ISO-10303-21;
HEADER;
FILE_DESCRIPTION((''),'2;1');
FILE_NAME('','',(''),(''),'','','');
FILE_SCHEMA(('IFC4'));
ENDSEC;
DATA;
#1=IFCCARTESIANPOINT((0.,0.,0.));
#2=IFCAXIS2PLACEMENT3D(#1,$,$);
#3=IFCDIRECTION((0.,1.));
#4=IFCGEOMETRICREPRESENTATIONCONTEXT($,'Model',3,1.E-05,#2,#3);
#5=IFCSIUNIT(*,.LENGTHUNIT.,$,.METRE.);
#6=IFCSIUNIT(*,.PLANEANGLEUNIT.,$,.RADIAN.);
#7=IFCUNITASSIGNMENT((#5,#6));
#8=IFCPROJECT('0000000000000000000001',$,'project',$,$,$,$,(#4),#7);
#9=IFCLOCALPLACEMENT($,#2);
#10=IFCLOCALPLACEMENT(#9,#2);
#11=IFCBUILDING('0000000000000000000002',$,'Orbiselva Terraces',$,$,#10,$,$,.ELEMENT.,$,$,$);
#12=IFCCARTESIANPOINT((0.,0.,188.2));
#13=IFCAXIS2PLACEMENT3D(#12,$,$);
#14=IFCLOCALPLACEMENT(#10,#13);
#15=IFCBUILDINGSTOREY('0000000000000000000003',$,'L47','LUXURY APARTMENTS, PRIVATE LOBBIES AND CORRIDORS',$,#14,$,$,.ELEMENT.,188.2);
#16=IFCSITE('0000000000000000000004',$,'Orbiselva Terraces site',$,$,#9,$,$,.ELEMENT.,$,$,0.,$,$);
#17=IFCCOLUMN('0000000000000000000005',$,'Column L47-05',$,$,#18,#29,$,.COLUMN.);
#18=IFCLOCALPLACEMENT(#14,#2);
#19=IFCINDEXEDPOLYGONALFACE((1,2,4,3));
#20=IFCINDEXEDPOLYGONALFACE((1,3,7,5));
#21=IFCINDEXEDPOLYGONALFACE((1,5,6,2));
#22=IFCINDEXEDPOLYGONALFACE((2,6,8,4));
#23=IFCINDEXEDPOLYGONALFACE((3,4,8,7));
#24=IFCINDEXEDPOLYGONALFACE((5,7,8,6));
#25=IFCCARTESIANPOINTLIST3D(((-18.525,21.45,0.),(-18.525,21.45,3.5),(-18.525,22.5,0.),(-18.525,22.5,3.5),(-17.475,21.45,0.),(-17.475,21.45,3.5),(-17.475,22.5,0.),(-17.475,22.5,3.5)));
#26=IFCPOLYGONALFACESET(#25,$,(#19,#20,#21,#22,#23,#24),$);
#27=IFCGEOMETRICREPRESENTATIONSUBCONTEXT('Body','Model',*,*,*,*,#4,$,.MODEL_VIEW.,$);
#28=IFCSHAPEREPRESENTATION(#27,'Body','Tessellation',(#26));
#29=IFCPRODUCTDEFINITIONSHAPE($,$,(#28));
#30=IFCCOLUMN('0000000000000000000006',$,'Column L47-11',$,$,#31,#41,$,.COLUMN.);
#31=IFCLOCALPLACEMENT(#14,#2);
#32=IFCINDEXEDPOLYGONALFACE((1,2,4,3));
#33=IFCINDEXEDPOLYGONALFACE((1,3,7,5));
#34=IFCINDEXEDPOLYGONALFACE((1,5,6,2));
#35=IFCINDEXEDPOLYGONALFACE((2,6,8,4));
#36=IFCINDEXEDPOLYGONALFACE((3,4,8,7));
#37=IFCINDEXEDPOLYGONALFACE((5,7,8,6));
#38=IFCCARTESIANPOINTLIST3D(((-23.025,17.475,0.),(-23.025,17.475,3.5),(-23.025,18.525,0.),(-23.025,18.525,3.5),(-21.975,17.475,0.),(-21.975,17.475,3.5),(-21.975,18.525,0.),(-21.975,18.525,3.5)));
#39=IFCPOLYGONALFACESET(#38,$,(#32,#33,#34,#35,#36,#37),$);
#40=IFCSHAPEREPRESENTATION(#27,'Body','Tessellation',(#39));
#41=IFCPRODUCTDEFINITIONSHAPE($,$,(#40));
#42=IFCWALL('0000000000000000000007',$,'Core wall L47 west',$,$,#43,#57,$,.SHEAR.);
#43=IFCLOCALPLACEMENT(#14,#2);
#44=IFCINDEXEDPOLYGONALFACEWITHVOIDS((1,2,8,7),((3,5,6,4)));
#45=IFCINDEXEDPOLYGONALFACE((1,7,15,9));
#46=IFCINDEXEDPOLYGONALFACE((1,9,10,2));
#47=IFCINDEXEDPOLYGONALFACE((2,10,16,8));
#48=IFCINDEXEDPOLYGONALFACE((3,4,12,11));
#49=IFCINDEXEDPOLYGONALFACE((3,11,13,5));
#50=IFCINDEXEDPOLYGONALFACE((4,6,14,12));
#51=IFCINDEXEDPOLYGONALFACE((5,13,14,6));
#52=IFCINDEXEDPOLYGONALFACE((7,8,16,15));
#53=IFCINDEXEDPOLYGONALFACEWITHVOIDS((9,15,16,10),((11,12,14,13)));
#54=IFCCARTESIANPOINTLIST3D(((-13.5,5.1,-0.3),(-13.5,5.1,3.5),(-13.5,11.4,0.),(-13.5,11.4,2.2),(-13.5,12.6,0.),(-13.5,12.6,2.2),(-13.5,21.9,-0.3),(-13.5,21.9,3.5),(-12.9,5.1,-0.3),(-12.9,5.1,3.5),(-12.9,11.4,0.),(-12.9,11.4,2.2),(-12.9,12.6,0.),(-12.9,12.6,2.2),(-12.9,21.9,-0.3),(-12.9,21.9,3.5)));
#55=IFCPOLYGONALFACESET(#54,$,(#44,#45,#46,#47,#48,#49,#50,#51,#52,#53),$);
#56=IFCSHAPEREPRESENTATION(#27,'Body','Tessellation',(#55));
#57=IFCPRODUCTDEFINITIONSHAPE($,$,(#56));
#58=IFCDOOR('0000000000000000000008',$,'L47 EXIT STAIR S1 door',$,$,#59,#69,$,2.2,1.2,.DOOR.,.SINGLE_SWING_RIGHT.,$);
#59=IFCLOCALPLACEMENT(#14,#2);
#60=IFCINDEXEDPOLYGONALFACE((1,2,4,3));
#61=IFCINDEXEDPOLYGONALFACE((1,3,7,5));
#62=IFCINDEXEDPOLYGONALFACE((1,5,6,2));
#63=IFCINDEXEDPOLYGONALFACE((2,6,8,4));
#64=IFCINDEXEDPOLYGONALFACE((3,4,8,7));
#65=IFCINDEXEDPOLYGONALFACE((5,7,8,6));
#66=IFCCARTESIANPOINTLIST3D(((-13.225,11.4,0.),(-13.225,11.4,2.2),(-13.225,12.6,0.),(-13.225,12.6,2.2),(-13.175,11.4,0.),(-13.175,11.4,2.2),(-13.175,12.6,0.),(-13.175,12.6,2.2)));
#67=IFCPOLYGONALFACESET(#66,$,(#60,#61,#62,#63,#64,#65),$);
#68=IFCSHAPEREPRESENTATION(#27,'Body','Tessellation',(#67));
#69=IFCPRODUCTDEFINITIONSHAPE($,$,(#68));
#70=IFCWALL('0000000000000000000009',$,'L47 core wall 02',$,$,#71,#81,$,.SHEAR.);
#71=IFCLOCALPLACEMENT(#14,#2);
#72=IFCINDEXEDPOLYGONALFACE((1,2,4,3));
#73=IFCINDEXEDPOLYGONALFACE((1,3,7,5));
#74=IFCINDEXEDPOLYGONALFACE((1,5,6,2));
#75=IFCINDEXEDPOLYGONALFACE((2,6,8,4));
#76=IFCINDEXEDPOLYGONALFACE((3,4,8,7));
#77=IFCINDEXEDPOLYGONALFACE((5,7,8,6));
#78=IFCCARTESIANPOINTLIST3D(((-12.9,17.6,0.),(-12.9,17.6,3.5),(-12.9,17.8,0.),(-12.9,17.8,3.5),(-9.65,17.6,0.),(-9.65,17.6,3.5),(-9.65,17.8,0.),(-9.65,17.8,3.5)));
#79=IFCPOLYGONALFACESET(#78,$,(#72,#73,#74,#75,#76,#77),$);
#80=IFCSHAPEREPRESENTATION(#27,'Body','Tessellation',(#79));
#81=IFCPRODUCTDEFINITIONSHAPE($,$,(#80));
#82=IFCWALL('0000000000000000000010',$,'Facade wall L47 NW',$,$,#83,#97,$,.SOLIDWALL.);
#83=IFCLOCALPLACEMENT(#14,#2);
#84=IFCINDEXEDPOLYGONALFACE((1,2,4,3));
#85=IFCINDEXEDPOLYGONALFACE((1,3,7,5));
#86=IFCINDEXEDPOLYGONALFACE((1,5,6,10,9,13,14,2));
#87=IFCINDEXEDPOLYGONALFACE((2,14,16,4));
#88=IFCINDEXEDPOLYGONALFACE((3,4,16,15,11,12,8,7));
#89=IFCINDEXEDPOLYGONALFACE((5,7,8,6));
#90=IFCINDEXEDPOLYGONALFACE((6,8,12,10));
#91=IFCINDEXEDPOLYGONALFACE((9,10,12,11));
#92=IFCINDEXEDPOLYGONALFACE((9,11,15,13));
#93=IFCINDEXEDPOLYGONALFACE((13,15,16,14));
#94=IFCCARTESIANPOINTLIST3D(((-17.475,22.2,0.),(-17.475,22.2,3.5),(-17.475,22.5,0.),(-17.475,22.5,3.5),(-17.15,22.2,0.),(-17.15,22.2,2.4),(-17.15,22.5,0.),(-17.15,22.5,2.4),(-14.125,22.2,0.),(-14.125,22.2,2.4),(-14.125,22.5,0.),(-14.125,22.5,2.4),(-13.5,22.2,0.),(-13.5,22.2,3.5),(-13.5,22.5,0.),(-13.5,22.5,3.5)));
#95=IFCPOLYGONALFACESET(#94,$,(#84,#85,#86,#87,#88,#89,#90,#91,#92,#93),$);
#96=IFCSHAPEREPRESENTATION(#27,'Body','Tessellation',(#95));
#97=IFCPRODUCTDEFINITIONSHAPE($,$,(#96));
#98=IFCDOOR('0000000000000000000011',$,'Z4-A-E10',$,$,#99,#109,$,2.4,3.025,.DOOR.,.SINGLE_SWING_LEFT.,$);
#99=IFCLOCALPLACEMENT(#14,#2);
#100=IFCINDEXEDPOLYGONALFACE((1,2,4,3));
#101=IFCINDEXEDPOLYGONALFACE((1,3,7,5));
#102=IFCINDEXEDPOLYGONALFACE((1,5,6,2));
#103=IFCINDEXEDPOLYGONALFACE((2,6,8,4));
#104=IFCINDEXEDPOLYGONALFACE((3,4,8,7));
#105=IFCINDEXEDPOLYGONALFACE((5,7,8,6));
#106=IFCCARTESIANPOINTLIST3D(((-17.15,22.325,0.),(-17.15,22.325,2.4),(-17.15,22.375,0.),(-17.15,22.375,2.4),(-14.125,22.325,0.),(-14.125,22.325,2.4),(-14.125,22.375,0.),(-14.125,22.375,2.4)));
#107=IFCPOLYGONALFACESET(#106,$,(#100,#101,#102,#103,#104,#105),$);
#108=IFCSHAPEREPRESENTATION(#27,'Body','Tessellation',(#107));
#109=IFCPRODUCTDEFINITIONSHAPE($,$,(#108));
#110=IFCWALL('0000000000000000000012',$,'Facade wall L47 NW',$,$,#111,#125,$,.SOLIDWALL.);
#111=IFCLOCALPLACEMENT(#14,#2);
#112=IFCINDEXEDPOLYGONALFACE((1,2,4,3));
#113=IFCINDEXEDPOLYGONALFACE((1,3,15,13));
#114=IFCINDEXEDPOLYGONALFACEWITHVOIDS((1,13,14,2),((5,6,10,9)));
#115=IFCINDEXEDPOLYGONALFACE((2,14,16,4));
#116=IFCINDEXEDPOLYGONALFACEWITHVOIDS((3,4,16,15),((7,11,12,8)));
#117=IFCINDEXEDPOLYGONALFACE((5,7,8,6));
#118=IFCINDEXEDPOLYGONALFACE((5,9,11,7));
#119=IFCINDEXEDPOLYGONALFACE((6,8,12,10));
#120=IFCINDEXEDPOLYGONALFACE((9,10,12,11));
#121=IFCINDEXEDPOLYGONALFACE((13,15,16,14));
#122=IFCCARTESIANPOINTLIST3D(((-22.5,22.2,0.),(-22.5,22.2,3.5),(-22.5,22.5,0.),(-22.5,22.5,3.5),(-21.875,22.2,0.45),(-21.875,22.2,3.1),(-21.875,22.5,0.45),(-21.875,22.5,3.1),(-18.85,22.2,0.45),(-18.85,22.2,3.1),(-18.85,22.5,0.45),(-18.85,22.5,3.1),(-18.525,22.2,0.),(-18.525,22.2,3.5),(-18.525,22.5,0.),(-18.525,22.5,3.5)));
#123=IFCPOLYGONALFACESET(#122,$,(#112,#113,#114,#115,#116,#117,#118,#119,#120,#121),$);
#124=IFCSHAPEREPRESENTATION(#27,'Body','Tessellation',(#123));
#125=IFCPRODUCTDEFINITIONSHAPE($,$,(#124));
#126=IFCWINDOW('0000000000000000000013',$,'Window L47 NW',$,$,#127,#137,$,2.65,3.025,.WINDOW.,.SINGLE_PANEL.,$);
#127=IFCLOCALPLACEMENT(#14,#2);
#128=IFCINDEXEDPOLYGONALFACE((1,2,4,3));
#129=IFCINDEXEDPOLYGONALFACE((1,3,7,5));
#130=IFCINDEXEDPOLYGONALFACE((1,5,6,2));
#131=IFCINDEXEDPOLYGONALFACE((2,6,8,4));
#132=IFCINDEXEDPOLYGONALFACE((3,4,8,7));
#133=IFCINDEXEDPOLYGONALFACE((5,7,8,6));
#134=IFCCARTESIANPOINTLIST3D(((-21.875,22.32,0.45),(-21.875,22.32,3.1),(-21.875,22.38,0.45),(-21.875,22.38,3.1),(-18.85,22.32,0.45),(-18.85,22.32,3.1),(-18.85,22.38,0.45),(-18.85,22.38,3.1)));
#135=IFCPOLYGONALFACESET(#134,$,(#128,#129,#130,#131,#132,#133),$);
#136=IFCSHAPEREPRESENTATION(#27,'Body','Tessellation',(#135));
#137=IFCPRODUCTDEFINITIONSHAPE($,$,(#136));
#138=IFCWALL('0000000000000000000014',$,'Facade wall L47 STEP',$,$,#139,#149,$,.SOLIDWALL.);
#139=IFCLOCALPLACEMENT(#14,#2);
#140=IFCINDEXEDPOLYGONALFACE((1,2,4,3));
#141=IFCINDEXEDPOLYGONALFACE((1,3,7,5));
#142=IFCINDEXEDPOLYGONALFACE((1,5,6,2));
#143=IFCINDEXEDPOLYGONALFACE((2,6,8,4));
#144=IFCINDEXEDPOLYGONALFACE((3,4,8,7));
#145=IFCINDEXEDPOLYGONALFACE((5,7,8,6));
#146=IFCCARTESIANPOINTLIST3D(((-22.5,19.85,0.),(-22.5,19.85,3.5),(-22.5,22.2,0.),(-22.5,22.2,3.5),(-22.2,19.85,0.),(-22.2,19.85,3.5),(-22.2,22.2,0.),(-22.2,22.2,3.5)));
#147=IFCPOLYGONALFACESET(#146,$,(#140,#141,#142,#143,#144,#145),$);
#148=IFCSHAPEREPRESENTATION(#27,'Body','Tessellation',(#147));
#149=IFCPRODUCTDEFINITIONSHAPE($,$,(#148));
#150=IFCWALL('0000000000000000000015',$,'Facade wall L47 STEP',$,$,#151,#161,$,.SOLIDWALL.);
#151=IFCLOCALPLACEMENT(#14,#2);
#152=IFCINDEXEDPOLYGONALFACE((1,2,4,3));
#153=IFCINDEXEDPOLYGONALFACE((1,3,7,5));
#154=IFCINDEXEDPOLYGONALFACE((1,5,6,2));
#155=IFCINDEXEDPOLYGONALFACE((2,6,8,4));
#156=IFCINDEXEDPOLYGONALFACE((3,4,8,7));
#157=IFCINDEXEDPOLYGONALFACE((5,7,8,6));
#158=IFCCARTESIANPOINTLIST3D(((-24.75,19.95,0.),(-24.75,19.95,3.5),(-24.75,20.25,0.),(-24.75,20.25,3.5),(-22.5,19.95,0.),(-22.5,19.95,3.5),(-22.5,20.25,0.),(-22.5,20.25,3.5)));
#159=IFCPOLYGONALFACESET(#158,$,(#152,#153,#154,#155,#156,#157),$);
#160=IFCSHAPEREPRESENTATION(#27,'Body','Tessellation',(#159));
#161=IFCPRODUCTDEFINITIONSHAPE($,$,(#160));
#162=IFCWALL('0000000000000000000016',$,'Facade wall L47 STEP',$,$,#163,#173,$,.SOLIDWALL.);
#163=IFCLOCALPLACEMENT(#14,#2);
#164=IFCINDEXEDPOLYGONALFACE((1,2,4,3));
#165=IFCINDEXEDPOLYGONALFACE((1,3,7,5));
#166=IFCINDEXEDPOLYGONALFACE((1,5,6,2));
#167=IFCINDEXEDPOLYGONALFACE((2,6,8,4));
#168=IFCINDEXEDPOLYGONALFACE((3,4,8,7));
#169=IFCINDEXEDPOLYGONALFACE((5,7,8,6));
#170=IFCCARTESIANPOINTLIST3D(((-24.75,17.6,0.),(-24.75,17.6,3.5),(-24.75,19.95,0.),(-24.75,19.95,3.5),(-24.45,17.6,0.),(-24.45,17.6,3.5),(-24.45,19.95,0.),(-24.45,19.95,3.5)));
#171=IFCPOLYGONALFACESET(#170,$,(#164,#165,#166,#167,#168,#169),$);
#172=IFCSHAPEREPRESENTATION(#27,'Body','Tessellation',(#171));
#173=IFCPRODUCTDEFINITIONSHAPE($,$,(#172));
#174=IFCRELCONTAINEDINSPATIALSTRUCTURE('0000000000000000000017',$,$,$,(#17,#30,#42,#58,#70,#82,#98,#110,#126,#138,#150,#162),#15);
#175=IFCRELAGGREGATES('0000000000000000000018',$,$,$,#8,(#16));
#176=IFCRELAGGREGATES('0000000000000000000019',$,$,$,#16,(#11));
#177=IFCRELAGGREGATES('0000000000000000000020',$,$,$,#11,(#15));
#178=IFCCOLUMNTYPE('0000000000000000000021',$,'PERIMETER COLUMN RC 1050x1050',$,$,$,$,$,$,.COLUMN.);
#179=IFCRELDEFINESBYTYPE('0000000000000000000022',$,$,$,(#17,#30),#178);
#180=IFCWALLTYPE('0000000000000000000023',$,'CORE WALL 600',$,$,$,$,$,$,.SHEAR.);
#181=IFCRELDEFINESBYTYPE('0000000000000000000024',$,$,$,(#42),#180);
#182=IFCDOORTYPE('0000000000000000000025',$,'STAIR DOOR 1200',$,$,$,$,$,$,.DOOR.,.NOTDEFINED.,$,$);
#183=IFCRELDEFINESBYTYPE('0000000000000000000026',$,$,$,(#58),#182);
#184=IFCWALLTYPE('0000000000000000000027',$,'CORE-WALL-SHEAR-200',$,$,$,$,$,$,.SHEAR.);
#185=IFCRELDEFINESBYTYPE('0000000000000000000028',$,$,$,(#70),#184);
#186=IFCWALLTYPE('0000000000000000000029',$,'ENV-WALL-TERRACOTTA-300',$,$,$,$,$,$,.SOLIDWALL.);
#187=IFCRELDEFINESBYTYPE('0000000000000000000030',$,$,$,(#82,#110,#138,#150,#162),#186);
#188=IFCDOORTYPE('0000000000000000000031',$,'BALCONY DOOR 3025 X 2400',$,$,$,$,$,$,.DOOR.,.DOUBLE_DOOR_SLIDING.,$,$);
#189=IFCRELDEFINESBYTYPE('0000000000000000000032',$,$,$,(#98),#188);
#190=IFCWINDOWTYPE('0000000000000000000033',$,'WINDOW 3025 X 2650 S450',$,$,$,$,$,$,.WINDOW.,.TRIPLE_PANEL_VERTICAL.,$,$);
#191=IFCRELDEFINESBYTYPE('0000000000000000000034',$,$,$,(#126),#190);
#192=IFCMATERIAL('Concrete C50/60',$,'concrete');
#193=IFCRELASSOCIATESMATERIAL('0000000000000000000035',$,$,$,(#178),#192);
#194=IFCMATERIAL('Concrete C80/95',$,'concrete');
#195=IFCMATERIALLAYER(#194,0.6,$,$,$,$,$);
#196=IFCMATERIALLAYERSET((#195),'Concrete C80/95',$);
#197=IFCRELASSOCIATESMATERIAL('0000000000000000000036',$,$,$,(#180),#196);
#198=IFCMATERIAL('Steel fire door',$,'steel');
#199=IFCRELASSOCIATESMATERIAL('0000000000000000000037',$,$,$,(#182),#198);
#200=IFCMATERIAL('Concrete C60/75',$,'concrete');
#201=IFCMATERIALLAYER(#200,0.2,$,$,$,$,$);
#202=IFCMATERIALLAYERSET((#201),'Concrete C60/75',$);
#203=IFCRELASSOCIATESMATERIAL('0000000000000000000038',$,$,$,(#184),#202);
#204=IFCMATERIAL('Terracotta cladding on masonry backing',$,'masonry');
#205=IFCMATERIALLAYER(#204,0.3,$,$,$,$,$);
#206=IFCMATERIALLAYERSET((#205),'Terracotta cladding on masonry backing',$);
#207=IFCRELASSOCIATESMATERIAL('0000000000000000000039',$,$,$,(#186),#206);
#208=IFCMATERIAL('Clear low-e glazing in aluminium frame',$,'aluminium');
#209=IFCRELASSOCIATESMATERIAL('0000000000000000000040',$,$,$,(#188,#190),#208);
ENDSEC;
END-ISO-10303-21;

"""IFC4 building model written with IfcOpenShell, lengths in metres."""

from ifc_helpers import new_model, si_unit, direction, frame, frame_2d, origin, origin_2d, place, context, subcontext, project, spatial, rectangle, extrude, material, layer, layer_set, material_profile, profile_set, type_object, element, fill, save


model = new_model("IFC4")

# Units and contexts
model_context = context("Model", 3, precision=1e-05, world=origin(), true_north=direction((0.0, 1.0)))
body_context = subcontext(model_context, "Body", "Model", "MODEL_VIEW")
ifc_project = project(units=[si_unit("LENGTHUNIT", "METRE"), si_unit("PLANEANGLEUNIT", "RADIAN")], contexts=[model_context])

# Site, building, storey
site_placement = place(None, origin())
site = spatial("IfcSite", under=ifc_project, at=site_placement, Name="Orbiselva Terraces site", CompositionType="ELEMENT", RefElevation=0.0)
building_placement = place(site_placement, origin())
building = spatial("IfcBuilding", under=site, at=building_placement, Name="Orbiselva Terraces", CompositionType="ELEMENT")
storey_placement = place(building_placement, frame((0.0, 0.0, 188.2)))
storey = spatial("IfcBuildingStorey", under=building, at=storey_placement, Name="L47", Description="LUXURY APARTMENTS, PRIVATE LOBBIES AND CORRIDORS", CompositionType="ELEMENT", Elevation=188.2)

# Columns
ifc_material_1 = material(Name="Concrete C50/60", Category="concrete")
ifc_material_profile = material_profile(ifc_material_1, rectangle(XDim=1.05, YDim=1.05, at=origin_2d()), Name="RC 1050x1050")
ifc_profile_set = profile_set([ifc_material_profile], Name="Concrete C50/60")
column_type = type_object("IfcColumnType", Name="PERIMETER COLUMN RC 1050x1050", PredefinedType="COLUMN", material=ifc_profile_set)
for number, where, z_axis, x_axis, name in (
    (1, (-18.0, 21.975, 0.0), (0.0, 0.0, 1.0), (1.0, 0.0, 0.0), "Column L47-05"),
    (2, (-22.5, 18.0, 0.0), (0.0, 0.0, 1.0), (1.0, 0.0, 0.0), "Column L47-11"),
):
    element("IfcColumn", number, at=place(storey_placement, frame(where, z_axis=z_axis, x_axis=x_axis)), inside=storey, type_object=column_type, Name=name, PredefinedType="COLUMN", context=body_context, shape_type="SweptSolid", body=[
        extrude(rectangle(XDim=1.05, YDim=1.05, at=origin_2d()), origin(), (0.0, 0.0, 1.0), 3.5),
    ])

# Wall, opening, door
ifc_material_2 = material(Name="Concrete C80/95", Category="concrete")
ifc_layer_1 = layer(ifc_material_2, 0.6)
ifc_layer_set_1 = layer_set([ifc_layer_1], Name="Concrete C80/95")
wall_type_1 = type_object("IfcWallType", Name="CORE WALL 600", PredefinedType="SHEAR", material=ifc_layer_set_1)
wall_1_placement = place(storey_placement, frame((-13.2, 21.9, -0.3), z_axis=(0.0, 0.0, 1.0), x_axis=(0.0, -1.0, 0.0)))
wall_1 = element("IfcWall", 3, at=wall_1_placement, inside=storey, type_object=wall_type_1, Name="Core wall L47 west", PredefinedType="SHEAR", context=body_context, shape_type="SweptSolid", body=[
    extrude(rectangle(XDim=16.8, YDim=0.6, at=frame_2d((8.4, 0.0))), origin(), (0.0, 0.0, 1.0), 3.8),
])
opening_1_placement = place(wall_1_placement, frame((9.3, 0.0, 0.3)))
opening_1 = element("IfcOpeningElement", 4, at=opening_1_placement, cuts=wall_1, PredefinedType="OPENING", context=body_context, shape_type="SweptSolid", body=[
    extrude(rectangle(XDim=1.2, YDim=2.2, at=frame_2d((0.6, 1.1))), frame((0.0, 0.31, 0.0), z_axis=(0.0, -1.0, 0.0), x_axis=(1.0, 0.0, 0.0)), (0.0, 0.0, 1.0), 0.62),
])
ifc_material_3 = material(Name="Steel fire door", Category="steel")
door_type_1 = type_object("IfcDoorType", Name="STAIR DOOR 1200", OperationType="NOTDEFINED", PredefinedType="DOOR", material=ifc_material_3)
door_1_placement = place(opening_1_placement, frame((1.2, 0.0, 0.0), z_axis=(0.0, 0.0, 1.0), x_axis=(-1.0, 0.0, 0.0)))
door_1 = element("IfcDoor", 5, at=door_1_placement, inside=storey, type_object=door_type_1, Name="L47 EXIT STAIR S1 door", OperationType="SINGLE_SWING_RIGHT", OverallHeight=2.2, OverallWidth=1.2, PredefinedType="DOOR", context=body_context, shape_type="SweptSolid", body=[
    extrude(rectangle(XDim=1.2, YDim=2.2, at=frame_2d((0.6, 1.1))), frame((0.0, 0.025, 0.0), z_axis=(0.0, -1.0, 0.0), x_axis=(1.0, 0.0, 0.0)), (0.0, 0.0, 1.0), 0.05),
])
fill(opening_1, door_1)

# Wall
ifc_material_4 = material(Name="Concrete C60/75", Category="concrete")
ifc_layer_2 = layer(ifc_material_4, 0.2)
ifc_layer_set_2 = layer_set([ifc_layer_2], Name="Concrete C60/75")
wall_type_2 = type_object("IfcWallType", Name="CORE-WALL-SHEAR-200", PredefinedType="SHEAR", material=ifc_layer_set_2)
wall_2_placement = place(storey_placement, frame((-12.9, 17.7, 0.0), z_axis=(0.0, 0.0, 1.0), x_axis=(1.0, 0.0, 0.0)))
element("IfcWall", 6, at=wall_2_placement, inside=storey, type_object=wall_type_2, Name="L47 core wall 02", PredefinedType="SHEAR", context=body_context, shape_type="SweptSolid", body=[
    extrude(rectangle(XDim=3.25, YDim=0.2, at=frame_2d((1.625, 0.0))), origin(), (0.0, 0.0, 1.0), 3.5),
])

# Wall, opening, door
ifc_material_5 = material(Name="Terracotta cladding on masonry backing", Category="masonry")
ifc_layer_3 = layer(ifc_material_5, 0.3)
ifc_layer_set_3 = layer_set([ifc_layer_3], Name="Terracotta cladding on masonry backing")
wall_type_3 = type_object("IfcWallType", Name="ENV-WALL-TERRACOTTA-300", PredefinedType="SOLIDWALL", material=ifc_layer_set_3)
wall_3_placement = place(storey_placement, frame((-17.475, 22.35, 0.0), z_axis=(0.0, 0.0, 1.0), x_axis=(1.0, 0.0, 0.0)))
wall_3 = element("IfcWall", 7, at=wall_3_placement, inside=storey, type_object=wall_type_3, Name="Facade wall L47 NW", PredefinedType="SOLIDWALL", context=body_context, shape_type="SweptSolid", body=[
    extrude(rectangle(XDim=3.975, YDim=0.3, at=frame_2d((1.9875, 0.0))), origin(), (0.0, 0.0, 1.0), 3.5),
])
opening_2_placement = place(wall_3_placement, frame((0.325, 0.0, 0.0)))
opening_2 = element("IfcOpeningElement", 8, at=opening_2_placement, cuts=wall_3, PredefinedType="OPENING", context=body_context, shape_type="SweptSolid", body=[
    extrude(rectangle(XDim=3.025, YDim=2.4, at=frame_2d((1.5125, 1.2))), frame((0.0, 0.16, 0.0), z_axis=(0.0, -1.0, 0.0), x_axis=(1.0, 0.0, 0.0)), (0.0, 0.0, 1.0), 0.32),
])
ifc_material_6 = material(Name="Clear low-e glazing in aluminium frame", Category="aluminium")
door_type_2 = type_object("IfcDoorType", Name="BALCONY DOOR 3025 X 2400", OperationType="DOUBLE_DOOR_SLIDING", PredefinedType="DOOR", material=ifc_material_6)
door_2_placement = place(opening_2_placement, origin())
door_2 = element("IfcDoor", 9, at=door_2_placement, inside=storey, type_object=door_type_2, Name="Z4-A-E10", OperationType="SINGLE_SWING_LEFT", OverallHeight=2.4, OverallWidth=3.025, PredefinedType="DOOR", context=body_context, shape_type="SweptSolid", body=[
    extrude(rectangle(XDim=3.025, YDim=2.4, at=frame_2d((1.5125, 1.2))), frame((0.0, 0.025, 0.0), z_axis=(0.0, -1.0, 0.0), x_axis=(1.0, 0.0, 0.0)), (0.0, 0.0, 1.0), 0.05),
])
fill(opening_2, door_2)

# Wall, opening, window
wall_4_placement = place(storey_placement, frame((-22.5, 22.35, 0.0), z_axis=(0.0, 0.0, 1.0), x_axis=(1.0, 0.0, 0.0)))
wall_4 = element("IfcWall", 10, at=wall_4_placement, inside=storey, type_object=wall_type_3, Name="Facade wall L47 NW", PredefinedType="SOLIDWALL", context=body_context, shape_type="SweptSolid", body=[
    extrude(rectangle(XDim=3.975, YDim=0.3, at=frame_2d((1.9875, 0.0))), origin(), (0.0, 0.0, 1.0), 3.5),
])
opening_3_placement = place(wall_4_placement, frame((0.625, 0.0, 0.45)))
opening_3 = element("IfcOpeningElement", 11, at=opening_3_placement, cuts=wall_4, PredefinedType="OPENING", context=body_context, shape_type="SweptSolid", body=[
    extrude(rectangle(XDim=3.025, YDim=2.65, at=frame_2d((1.5125, 1.325))), frame((0.0, 0.16, 0.0), z_axis=(0.0, -1.0, 0.0), x_axis=(1.0, 0.0, 0.0)), (0.0, 0.0, 1.0), 0.32),
])
window_type = type_object("IfcWindowType", Name="WINDOW 3025 X 2650 S450", PartitioningType="TRIPLE_PANEL_VERTICAL", PredefinedType="WINDOW", material=ifc_material_6)
window_placement = place(opening_3_placement, origin())
window = element("IfcWindow", 12, at=window_placement, inside=storey, type_object=window_type, Name="Window L47 NW", OverallHeight=2.65, OverallWidth=3.025, PartitioningType="SINGLE_PANEL", PredefinedType="WINDOW", context=body_context, shape_type="SweptSolid", body=[
    extrude(rectangle(XDim=3.025, YDim=2.65, at=frame_2d((1.5125, 1.325))), frame((0.0, 0.03, 0.0), z_axis=(0.0, -1.0, 0.0), x_axis=(1.0, 0.0, 0.0)), (0.0, 0.0, 1.0), 0.06),
])
fill(opening_3, window)

# Walls
wall_5_placement = place(storey_placement, frame((-22.35, 19.85, 0.0), z_axis=(0.0, 0.0, 1.0), x_axis=(0.0, 1.0, 0.0)))
element("IfcWall", 13, at=wall_5_placement, inside=storey, type_object=wall_type_3, Name="Facade wall L47 STEP", PredefinedType="SOLIDWALL", context=body_context, shape_type="SweptSolid", body=[
    extrude(rectangle(XDim=2.35, YDim=0.3, at=frame_2d((1.175, 0.0))), origin(), (0.0, 0.0, 1.0), 3.5),
])
wall_6_placement = place(storey_placement, frame((-24.75, 20.1, 0.0), z_axis=(0.0, 0.0, 1.0), x_axis=(1.0, 0.0, 0.0)))
element("IfcWall", 14, at=wall_6_placement, inside=storey, type_object=wall_type_3, Name="Facade wall L47 STEP", PredefinedType="SOLIDWALL", context=body_context, shape_type="SweptSolid", body=[
    extrude(rectangle(XDim=2.25, YDim=0.3, at=frame_2d((1.125, 0.0))), origin(), (0.0, 0.0, 1.0), 3.5),
])
wall_7_placement = place(storey_placement, frame((-24.6, 17.6, 0.0), z_axis=(0.0, 0.0, 1.0), x_axis=(0.0, 1.0, 0.0)))
element("IfcWall", 15, at=wall_7_placement, inside=storey, type_object=wall_type_3, Name="Facade wall L47 STEP", PredefinedType="SOLIDWALL", context=body_context, shape_type="SweptSolid", body=[
    extrude(rectangle(XDim=2.35, YDim=0.3, at=frame_2d((1.175, 0.0))), origin(), (0.0, 0.0, 1.0), 3.5),
])

save(model, "model.ifc")
